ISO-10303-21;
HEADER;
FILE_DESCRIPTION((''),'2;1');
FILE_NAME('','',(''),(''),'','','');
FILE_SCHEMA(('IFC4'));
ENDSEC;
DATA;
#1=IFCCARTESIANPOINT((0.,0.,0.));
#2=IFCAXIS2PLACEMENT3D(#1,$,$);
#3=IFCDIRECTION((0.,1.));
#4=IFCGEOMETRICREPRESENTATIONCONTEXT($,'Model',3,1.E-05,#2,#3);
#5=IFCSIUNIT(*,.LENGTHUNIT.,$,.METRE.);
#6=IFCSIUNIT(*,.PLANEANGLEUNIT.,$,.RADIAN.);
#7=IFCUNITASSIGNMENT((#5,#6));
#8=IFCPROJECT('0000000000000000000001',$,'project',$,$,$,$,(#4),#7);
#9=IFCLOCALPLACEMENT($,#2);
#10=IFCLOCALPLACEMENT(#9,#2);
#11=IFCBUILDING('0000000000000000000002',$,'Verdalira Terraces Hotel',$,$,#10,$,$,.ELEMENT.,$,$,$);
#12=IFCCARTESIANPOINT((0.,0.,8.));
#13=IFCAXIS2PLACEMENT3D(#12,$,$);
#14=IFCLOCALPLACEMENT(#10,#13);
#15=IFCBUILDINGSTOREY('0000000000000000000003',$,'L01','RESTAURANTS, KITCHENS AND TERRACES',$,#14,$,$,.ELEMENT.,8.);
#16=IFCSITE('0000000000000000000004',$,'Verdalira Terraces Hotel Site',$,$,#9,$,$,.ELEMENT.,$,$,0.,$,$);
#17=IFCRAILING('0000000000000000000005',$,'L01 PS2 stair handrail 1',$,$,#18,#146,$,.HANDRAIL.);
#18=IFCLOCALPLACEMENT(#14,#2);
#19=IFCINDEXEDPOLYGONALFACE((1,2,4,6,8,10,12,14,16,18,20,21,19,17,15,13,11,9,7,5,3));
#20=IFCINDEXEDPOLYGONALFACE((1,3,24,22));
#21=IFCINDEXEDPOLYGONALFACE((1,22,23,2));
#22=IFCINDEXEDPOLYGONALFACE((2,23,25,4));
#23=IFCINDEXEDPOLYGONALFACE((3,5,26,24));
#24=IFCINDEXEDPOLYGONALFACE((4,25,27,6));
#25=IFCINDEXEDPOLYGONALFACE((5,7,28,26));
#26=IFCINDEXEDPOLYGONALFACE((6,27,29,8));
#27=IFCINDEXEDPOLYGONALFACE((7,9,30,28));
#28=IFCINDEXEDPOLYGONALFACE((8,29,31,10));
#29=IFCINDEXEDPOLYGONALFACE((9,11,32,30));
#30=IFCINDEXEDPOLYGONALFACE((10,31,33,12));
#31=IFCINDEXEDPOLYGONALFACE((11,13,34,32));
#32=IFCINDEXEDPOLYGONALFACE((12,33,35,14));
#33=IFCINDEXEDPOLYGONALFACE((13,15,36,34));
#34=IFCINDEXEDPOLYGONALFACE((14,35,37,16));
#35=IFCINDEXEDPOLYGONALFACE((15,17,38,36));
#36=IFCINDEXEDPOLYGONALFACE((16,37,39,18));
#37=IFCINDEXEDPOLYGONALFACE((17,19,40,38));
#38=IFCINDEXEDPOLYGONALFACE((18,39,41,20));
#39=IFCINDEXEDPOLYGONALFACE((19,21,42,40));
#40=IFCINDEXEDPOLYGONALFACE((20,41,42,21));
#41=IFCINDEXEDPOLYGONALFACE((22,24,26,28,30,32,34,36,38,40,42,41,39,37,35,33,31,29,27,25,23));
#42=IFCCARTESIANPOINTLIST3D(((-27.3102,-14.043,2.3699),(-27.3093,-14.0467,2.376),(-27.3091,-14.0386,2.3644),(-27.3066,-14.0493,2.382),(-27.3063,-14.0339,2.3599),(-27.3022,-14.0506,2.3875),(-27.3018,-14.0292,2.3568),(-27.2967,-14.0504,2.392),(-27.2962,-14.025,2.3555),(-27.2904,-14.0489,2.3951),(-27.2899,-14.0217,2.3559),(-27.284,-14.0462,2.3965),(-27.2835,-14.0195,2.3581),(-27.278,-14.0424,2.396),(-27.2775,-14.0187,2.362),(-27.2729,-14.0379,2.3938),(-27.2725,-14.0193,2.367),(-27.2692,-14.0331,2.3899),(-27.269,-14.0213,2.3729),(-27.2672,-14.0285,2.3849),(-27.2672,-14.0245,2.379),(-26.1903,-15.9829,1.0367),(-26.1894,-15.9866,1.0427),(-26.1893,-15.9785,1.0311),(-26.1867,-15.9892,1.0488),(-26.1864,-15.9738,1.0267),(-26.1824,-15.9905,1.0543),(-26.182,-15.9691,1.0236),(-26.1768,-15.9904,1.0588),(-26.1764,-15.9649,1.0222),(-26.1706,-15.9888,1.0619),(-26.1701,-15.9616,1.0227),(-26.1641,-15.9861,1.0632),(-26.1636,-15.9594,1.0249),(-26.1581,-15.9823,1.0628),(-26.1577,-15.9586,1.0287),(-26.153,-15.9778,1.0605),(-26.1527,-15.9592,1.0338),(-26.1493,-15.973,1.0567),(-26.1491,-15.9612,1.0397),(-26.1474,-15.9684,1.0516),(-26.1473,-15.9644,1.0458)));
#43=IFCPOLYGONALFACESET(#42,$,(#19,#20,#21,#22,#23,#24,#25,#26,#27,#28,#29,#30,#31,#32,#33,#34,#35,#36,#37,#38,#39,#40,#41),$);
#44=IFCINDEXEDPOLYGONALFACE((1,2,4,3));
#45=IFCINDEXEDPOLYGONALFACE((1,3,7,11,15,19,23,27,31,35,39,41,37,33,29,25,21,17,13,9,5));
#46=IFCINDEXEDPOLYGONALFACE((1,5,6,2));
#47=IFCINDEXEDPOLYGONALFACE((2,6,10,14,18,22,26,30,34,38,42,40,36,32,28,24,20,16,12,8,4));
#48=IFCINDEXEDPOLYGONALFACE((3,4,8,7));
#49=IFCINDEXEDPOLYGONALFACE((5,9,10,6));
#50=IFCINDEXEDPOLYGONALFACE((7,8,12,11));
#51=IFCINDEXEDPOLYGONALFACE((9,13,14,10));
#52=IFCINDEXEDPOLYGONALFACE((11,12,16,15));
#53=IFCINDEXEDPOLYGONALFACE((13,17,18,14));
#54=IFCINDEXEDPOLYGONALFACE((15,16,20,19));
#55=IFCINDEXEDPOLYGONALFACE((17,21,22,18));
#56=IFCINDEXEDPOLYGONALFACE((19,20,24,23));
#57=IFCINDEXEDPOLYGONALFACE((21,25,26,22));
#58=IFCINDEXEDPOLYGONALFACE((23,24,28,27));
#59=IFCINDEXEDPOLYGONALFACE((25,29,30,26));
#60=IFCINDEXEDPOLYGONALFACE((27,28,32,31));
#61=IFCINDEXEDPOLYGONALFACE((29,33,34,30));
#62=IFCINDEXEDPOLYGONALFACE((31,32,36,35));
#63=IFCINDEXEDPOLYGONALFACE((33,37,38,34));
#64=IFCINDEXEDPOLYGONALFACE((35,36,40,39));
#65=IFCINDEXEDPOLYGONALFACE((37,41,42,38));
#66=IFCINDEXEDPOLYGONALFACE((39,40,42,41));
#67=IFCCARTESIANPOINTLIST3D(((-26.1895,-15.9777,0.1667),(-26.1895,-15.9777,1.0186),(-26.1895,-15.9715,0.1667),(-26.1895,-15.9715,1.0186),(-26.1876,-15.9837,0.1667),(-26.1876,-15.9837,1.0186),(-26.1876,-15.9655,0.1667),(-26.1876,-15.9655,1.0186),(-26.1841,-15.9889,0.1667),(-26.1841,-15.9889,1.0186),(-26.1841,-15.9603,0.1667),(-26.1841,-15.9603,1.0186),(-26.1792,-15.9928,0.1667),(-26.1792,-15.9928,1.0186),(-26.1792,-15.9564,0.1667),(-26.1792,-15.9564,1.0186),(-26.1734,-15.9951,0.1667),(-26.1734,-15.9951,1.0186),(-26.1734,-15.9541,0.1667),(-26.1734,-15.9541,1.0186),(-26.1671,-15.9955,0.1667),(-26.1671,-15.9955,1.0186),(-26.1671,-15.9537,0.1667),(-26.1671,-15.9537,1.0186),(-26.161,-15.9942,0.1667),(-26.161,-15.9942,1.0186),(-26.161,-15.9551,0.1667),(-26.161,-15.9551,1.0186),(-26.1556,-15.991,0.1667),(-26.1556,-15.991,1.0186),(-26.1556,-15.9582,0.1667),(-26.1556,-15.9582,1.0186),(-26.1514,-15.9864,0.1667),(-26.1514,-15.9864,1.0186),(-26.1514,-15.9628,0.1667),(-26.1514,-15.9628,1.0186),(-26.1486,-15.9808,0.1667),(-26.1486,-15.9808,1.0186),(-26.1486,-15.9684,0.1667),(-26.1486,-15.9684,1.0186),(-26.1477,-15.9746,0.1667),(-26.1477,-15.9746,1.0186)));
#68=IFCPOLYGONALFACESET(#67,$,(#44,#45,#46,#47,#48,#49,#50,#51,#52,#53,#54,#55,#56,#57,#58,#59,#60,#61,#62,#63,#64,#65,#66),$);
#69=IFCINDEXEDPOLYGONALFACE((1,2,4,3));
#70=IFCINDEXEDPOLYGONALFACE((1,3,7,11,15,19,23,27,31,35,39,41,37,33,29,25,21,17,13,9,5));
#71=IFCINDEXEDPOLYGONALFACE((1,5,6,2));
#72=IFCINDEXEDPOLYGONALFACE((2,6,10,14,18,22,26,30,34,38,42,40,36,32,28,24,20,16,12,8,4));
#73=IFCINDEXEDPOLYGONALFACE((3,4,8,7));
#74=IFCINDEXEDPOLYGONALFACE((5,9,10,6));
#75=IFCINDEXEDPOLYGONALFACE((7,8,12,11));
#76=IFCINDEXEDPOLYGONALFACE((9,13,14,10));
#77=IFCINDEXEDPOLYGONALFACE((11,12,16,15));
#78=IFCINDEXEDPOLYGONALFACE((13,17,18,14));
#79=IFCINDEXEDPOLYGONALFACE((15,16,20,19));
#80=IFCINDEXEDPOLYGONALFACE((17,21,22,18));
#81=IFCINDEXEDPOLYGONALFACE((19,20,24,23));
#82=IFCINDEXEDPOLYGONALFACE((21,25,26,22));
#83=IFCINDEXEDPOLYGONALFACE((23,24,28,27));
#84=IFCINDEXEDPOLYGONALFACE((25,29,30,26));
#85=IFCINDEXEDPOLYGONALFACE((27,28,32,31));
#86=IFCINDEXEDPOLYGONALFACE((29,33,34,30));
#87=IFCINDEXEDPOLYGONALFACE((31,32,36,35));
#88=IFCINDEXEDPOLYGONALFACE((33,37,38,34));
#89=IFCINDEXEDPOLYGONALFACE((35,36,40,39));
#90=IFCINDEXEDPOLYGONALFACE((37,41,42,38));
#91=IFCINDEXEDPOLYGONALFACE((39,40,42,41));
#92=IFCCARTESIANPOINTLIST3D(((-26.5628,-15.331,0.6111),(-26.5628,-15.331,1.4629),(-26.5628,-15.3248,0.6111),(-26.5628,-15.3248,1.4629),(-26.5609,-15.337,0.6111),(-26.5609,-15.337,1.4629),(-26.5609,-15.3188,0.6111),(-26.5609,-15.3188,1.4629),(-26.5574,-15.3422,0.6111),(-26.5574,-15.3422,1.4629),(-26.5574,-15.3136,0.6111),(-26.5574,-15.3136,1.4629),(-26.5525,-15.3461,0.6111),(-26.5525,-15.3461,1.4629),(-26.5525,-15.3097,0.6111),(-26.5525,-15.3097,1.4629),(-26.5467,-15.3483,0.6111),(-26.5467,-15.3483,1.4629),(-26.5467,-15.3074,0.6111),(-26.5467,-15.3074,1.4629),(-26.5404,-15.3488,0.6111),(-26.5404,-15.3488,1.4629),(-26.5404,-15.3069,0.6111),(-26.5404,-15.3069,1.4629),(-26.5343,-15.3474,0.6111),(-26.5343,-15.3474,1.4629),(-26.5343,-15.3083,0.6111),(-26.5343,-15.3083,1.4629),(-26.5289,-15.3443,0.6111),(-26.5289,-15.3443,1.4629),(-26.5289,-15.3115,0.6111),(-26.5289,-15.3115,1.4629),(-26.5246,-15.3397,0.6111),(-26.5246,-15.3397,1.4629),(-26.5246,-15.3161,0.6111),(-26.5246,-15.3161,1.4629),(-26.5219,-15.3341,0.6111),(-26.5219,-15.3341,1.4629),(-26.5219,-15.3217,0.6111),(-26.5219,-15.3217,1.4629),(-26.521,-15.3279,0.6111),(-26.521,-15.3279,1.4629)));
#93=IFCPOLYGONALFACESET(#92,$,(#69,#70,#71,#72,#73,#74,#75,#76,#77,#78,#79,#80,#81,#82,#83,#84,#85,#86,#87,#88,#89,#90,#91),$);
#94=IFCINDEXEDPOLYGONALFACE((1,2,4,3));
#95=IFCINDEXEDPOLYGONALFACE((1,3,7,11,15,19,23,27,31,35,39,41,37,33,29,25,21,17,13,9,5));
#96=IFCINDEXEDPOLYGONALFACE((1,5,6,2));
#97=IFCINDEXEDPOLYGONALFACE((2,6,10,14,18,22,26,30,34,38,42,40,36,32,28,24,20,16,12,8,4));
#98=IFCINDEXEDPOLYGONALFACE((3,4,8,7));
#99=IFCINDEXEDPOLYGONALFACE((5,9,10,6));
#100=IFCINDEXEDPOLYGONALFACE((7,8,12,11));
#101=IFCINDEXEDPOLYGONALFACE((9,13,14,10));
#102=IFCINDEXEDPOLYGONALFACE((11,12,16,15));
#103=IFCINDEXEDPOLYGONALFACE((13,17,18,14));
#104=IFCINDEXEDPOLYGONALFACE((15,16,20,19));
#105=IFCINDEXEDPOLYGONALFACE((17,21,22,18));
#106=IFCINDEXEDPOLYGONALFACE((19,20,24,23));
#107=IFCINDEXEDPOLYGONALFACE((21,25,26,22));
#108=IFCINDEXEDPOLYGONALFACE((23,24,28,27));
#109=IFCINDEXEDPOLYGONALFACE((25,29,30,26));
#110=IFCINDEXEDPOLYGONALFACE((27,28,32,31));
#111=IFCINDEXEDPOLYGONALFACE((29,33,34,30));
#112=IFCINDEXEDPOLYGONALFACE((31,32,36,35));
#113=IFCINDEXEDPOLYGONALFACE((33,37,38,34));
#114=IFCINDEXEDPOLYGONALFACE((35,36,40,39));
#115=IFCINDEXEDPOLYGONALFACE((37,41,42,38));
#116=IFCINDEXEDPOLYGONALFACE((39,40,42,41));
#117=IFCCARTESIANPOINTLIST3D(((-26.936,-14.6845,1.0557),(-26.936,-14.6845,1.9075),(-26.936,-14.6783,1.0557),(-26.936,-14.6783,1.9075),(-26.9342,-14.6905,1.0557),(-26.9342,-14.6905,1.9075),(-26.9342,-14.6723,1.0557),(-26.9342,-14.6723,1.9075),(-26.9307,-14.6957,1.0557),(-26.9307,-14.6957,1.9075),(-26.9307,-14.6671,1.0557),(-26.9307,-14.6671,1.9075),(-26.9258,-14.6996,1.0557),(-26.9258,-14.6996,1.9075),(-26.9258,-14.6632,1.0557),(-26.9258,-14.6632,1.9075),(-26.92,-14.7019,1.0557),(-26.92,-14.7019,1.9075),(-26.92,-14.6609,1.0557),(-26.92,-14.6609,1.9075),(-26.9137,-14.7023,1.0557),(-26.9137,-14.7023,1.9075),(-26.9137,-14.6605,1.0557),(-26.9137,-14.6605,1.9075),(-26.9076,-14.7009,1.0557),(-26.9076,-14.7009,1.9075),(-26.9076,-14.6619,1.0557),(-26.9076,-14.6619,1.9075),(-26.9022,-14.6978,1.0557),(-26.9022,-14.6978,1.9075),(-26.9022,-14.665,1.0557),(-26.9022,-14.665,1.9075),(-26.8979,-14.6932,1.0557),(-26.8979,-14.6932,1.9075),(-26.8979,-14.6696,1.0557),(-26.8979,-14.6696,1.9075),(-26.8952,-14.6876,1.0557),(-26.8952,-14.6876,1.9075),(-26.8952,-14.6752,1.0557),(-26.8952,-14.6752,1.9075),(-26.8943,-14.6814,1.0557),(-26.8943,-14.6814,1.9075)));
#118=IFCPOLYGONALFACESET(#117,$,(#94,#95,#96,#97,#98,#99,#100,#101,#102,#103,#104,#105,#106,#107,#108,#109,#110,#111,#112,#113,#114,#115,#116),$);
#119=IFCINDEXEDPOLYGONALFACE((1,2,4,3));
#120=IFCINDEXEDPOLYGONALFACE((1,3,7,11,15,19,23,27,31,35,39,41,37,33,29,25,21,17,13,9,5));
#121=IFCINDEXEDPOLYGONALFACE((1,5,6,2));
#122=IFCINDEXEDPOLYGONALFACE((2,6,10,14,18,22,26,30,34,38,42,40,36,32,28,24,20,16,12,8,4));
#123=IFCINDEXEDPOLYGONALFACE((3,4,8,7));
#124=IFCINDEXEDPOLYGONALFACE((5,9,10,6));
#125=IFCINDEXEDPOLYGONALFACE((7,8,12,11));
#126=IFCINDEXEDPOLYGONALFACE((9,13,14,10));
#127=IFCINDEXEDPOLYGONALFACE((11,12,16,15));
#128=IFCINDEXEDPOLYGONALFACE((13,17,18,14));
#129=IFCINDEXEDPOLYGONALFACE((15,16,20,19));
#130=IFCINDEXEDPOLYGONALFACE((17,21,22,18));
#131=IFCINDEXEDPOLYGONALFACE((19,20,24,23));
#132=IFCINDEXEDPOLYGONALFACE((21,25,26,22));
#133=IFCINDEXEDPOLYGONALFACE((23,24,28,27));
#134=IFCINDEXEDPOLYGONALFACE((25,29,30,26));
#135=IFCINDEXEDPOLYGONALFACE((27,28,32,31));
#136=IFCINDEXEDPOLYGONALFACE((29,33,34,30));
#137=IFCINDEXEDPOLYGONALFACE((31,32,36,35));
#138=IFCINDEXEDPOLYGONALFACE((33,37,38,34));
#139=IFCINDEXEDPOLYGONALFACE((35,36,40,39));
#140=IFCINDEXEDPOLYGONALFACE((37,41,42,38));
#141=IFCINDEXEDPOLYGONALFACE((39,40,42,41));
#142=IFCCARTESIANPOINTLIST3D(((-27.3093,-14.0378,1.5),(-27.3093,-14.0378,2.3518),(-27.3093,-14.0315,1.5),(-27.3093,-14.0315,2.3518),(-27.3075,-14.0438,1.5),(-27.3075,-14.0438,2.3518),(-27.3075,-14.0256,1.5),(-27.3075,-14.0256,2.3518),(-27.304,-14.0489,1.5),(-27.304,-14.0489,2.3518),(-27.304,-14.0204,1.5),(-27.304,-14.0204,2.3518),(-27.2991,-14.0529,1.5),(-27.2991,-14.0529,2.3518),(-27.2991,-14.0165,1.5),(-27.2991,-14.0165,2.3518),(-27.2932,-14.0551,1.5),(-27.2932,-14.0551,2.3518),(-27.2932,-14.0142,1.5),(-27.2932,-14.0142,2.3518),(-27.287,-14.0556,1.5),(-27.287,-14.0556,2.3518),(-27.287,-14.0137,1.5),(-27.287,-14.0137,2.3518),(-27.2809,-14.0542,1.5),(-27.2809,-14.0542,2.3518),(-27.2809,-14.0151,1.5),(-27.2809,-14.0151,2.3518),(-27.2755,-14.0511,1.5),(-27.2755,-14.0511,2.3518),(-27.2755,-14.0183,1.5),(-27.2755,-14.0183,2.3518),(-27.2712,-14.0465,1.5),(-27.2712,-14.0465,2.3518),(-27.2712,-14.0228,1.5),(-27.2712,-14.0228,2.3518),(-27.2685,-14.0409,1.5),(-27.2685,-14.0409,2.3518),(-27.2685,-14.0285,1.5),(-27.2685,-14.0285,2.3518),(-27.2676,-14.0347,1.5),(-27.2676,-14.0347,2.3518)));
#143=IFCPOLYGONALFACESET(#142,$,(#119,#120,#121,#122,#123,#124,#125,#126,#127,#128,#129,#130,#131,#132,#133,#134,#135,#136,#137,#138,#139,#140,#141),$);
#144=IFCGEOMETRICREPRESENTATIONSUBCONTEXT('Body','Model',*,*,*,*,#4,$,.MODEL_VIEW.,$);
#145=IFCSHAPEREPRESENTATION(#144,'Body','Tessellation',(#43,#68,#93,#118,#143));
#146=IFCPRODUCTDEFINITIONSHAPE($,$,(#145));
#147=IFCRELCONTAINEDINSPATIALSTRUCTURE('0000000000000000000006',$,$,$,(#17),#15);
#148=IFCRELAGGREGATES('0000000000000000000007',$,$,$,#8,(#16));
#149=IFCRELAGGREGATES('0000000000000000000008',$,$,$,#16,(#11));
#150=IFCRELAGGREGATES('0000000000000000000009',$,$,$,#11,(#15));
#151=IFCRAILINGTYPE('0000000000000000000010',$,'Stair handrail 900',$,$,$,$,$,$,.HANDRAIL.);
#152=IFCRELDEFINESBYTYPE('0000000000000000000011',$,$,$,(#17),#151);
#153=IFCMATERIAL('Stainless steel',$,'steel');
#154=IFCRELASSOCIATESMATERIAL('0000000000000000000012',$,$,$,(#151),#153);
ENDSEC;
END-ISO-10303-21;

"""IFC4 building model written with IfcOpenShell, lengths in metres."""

from ifc_helpers import new_model, si_unit, direction, frame, origin, origin_2d, place, context, subcontext, project, spatial, circle, extrude, material, type_object, element, save


model = new_model("IFC4")

# Units and contexts
model_context = context("Model", 3, precision=1e-05, world=origin(), true_north=direction((0.0, 1.0)))
body_context = subcontext(model_context, "Body", "Model", "MODEL_VIEW")
ifc_project = project(units=[si_unit("LENGTHUNIT", "METRE"), si_unit("PLANEANGLEUNIT", "RADIAN")], contexts=[model_context])

# Site, building, storey
site_placement = place(None, origin())
site = spatial("IfcSite", under=ifc_project, at=site_placement, Name="Verdalira Terraces Hotel Site", CompositionType="ELEMENT", RefElevation=0.0)
building_placement = place(site_placement, origin())
building = spatial("IfcBuilding", under=site, at=building_placement, Name="Verdalira Terraces Hotel", CompositionType="ELEMENT")
storey_placement = place(building_placement, frame((0.0, 0.0, 8.0)))
storey = spatial("IfcBuildingStorey", under=building, at=storey_placement, Name="L01", Description="RESTAURANTS, KITCHENS AND TERRACES", CompositionType="ELEMENT", Elevation=8.0)

# Railing
ifc_material_1 = material(Name="Stainless steel", Category="steel")
railing_type_1 = type_object("IfcRailingType", Name="Stair handrail 900", PredefinedType="HANDRAIL", material=ifc_material_1)
for number, where, name in (
    (1, (-26.1687, -15.9746, 0.1667), "L01 PS2 stair handrail 1"),
):
    element("IfcRailing", number, at=place(storey_placement, frame(where)), inside=storey, type_object=railing_type_1, Name=name, PredefinedType="HANDRAIL", context=body_context, shape_type="SweptSolid", body=[
        extrude(circle(Radius=0.0239, at=origin_2d()), frame((0.0, 0.0, 0.876), z_axis=(-0.429608, 0.744205, 0.511465), x_axis=(-0.866055, -0.499949, 0.0)), (0.0, 0.0, 1.0), 2.6067),
        extrude(circle(Radius=0.021, at=origin_2d()), origin(), (0.0, 0.0, 1.0), 0.8518),
        extrude(circle(Radius=0.021, at=origin_2d()), frame((-0.3733, 0.6467, 0.4443)), (0.0, 0.0, 1.0), 0.8518),
        extrude(circle(Radius=0.021, at=origin_2d()), frame((-0.7466, 1.2932, 0.8889)), (0.0, 0.0, 1.0), 0.8518),
        extrude(circle(Radius=0.021, at=origin_2d()), frame((-1.1199, 1.9399, 1.3333)), (0.0, 0.0, 1.0), 0.8518),
    ])

save(model, "model.ifc")
